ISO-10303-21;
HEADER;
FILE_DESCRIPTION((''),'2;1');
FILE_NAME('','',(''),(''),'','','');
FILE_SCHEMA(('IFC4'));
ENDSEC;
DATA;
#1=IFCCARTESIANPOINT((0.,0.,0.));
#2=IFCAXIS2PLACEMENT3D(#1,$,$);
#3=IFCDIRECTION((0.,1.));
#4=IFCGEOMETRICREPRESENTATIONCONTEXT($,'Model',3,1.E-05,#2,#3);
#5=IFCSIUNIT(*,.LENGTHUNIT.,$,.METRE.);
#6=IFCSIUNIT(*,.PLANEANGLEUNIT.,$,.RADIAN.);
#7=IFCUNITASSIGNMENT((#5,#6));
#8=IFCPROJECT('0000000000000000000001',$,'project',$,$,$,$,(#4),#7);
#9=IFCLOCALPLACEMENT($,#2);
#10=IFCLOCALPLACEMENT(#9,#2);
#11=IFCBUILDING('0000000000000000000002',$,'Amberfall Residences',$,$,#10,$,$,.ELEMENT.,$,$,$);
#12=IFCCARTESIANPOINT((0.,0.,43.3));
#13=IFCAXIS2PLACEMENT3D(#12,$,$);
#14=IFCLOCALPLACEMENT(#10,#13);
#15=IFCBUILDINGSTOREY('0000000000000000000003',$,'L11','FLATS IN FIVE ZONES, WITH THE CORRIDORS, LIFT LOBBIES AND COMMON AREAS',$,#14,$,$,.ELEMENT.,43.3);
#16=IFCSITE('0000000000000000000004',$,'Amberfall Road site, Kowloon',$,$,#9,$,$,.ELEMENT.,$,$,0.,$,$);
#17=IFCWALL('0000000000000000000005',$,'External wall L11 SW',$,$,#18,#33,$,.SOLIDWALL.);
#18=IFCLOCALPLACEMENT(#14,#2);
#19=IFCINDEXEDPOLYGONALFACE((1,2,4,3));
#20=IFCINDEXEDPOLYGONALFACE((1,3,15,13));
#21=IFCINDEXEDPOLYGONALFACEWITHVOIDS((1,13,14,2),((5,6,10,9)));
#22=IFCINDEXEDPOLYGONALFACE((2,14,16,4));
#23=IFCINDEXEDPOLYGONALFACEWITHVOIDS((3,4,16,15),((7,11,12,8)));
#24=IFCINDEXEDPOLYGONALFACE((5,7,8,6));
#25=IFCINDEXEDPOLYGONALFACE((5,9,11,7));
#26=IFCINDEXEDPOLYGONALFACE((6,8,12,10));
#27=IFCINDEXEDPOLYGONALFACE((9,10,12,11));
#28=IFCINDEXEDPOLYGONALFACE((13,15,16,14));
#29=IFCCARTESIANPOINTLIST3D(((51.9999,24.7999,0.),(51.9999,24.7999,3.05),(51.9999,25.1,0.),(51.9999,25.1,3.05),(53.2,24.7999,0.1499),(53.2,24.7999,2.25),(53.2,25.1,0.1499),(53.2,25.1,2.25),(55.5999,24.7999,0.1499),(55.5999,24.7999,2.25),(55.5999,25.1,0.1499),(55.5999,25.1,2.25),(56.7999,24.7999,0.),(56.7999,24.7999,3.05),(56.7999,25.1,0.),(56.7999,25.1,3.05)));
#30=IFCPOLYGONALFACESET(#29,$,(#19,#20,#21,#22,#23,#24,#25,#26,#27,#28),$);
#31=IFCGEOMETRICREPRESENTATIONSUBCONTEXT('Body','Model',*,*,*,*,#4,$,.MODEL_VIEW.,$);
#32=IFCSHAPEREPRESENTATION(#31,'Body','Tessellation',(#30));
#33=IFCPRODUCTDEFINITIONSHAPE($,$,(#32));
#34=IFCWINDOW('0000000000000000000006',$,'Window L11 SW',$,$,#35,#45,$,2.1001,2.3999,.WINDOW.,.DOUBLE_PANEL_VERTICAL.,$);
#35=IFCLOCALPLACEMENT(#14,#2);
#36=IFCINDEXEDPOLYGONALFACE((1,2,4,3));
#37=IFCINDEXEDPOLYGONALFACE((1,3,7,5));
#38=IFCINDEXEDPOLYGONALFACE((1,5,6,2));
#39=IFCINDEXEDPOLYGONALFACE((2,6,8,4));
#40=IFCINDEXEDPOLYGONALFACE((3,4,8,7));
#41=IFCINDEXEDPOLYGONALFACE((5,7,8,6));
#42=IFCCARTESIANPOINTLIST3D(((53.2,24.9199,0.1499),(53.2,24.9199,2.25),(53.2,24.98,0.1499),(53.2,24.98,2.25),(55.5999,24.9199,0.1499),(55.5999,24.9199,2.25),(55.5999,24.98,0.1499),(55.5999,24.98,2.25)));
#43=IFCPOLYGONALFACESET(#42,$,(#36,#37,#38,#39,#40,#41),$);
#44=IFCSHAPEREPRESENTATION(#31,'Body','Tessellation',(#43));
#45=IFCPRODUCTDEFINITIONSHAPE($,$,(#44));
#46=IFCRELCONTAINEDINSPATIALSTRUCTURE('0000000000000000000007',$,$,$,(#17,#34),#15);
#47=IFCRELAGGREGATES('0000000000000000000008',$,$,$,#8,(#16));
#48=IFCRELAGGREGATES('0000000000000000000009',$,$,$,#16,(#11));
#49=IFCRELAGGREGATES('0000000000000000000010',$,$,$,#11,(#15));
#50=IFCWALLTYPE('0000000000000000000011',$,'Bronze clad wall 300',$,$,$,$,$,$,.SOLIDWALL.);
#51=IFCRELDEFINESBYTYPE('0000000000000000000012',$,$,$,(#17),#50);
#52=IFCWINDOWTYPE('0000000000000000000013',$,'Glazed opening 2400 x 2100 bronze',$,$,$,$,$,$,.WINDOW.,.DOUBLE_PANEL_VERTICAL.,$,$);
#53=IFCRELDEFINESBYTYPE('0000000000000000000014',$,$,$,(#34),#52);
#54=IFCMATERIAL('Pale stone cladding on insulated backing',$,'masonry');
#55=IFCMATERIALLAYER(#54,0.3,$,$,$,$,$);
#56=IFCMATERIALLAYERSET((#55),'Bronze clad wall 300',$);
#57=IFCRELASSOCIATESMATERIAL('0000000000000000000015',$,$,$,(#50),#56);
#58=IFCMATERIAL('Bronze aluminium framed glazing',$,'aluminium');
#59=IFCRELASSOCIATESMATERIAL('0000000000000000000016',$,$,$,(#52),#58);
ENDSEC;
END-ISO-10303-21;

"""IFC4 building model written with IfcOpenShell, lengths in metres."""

from ifc_helpers import new_model, si_unit, direction, frame, frame_2d, origin, place, context, subcontext, project, spatial, rectangle, extrude, material, layer, layer_set, type_object, element, fill, save


model = new_model("IFC4")

# Units and contexts
model_context = context("Model", 3, precision=1e-05, world=origin(), true_north=direction((0.0, 1.0)))
body_context = subcontext(model_context, "Body", "Model", "MODEL_VIEW")
ifc_project = project(units=[si_unit("LENGTHUNIT", "METRE"), si_unit("PLANEANGLEUNIT", "RADIAN")], contexts=[model_context])

# Site, building, storey
site_placement = place(None, origin())
site = spatial("IfcSite", under=ifc_project, at=site_placement, Name="Amberfall Road site, Kowloon", CompositionType="ELEMENT", RefElevation=0.0)
building_placement = place(site_placement, origin())
building = spatial("IfcBuilding", under=site, at=building_placement, Name="Amberfall Residences", CompositionType="ELEMENT")
storey_placement = place(building_placement, frame((0.0, 0.0, 43.3)))
storey = spatial("IfcBuildingStorey", under=building, at=storey_placement, Name="L11", Description="FLATS IN FIVE ZONES, WITH THE CORRIDORS, LIFT LOBBIES AND COMMON AREAS", CompositionType="ELEMENT", Elevation=43.3)

# Wall, opening, window
ifc_material_1 = material(Name="Pale stone cladding on insulated backing", Category="masonry")
ifc_layer_1 = layer(ifc_material_1, 0.3)
ifc_layer_set_1 = layer_set([ifc_layer_1], Name="Bronze clad wall 300")
wall_type = type_object("IfcWallType", Name="Bronze clad wall 300", PredefinedType="SOLIDWALL", material=ifc_layer_set_1)
wall_placement = place(storey_placement, frame((52.0, 24.95, 0.0), z_axis=(0.0, 0.0, 1.0), x_axis=(1.0, 0.0, 0.0)))
wall = element("IfcWall", 1, at=wall_placement, inside=storey, type_object=wall_type, Name="External wall L11 SW", PredefinedType="SOLIDWALL", context=body_context, shape_type="SweptSolid", body=[
    extrude(rectangle(XDim=4.8, YDim=0.3, at=frame_2d((2.3999, 0.0))), origin(), (0.0, 0.0, 1.0), 3.05),
])
opening_placement = place(wall_placement, frame((1.2, 0.0, 0.1499)))
opening = element("IfcOpeningElement", 2, at=opening_placement, cuts=wall, PredefinedType="OPENING", context=body_context, shape_type="SweptSolid", body=[
    extrude(rectangle(XDim=2.3999, YDim=2.1001, at=frame_2d((1.2, 1.05))), frame((0.0, 0.1599, 0.0), z_axis=(0.0, -1.0, 0.0), x_axis=(1.0, 0.0, 0.0)), (0.0, 0.0, 1.0), 0.3201),
])
ifc_material_2 = material(Name="Bronze aluminium framed glazing", Category="aluminium")
window_type = type_object("IfcWindowType", Name="Glazed opening 2400 x 2100 bronze", PartitioningType="DOUBLE_PANEL_VERTICAL", PredefinedType="WINDOW", material=ifc_material_2)
window_placement = place(opening_placement, origin())
window = element("IfcWindow", 3, at=window_placement, inside=storey, type_object=window_type, Name="Window L11 SW", OverallHeight=2.1001, OverallWidth=2.3999, PartitioningType="DOUBLE_PANEL_VERTICAL", PredefinedType="WINDOW", context=body_context, shape_type="SweptSolid", body=[
    extrude(rectangle(XDim=2.3999, YDim=2.1001, at=frame_2d((1.2, 1.05))), frame((0.0, 0.03, 0.0), z_axis=(0.0, -1.0, 0.0), x_axis=(1.0, 0.0, 0.0)), (0.0, 0.0, 1.0), 0.0601),
])
fill(opening, window)

save(model, "model.ifc")
